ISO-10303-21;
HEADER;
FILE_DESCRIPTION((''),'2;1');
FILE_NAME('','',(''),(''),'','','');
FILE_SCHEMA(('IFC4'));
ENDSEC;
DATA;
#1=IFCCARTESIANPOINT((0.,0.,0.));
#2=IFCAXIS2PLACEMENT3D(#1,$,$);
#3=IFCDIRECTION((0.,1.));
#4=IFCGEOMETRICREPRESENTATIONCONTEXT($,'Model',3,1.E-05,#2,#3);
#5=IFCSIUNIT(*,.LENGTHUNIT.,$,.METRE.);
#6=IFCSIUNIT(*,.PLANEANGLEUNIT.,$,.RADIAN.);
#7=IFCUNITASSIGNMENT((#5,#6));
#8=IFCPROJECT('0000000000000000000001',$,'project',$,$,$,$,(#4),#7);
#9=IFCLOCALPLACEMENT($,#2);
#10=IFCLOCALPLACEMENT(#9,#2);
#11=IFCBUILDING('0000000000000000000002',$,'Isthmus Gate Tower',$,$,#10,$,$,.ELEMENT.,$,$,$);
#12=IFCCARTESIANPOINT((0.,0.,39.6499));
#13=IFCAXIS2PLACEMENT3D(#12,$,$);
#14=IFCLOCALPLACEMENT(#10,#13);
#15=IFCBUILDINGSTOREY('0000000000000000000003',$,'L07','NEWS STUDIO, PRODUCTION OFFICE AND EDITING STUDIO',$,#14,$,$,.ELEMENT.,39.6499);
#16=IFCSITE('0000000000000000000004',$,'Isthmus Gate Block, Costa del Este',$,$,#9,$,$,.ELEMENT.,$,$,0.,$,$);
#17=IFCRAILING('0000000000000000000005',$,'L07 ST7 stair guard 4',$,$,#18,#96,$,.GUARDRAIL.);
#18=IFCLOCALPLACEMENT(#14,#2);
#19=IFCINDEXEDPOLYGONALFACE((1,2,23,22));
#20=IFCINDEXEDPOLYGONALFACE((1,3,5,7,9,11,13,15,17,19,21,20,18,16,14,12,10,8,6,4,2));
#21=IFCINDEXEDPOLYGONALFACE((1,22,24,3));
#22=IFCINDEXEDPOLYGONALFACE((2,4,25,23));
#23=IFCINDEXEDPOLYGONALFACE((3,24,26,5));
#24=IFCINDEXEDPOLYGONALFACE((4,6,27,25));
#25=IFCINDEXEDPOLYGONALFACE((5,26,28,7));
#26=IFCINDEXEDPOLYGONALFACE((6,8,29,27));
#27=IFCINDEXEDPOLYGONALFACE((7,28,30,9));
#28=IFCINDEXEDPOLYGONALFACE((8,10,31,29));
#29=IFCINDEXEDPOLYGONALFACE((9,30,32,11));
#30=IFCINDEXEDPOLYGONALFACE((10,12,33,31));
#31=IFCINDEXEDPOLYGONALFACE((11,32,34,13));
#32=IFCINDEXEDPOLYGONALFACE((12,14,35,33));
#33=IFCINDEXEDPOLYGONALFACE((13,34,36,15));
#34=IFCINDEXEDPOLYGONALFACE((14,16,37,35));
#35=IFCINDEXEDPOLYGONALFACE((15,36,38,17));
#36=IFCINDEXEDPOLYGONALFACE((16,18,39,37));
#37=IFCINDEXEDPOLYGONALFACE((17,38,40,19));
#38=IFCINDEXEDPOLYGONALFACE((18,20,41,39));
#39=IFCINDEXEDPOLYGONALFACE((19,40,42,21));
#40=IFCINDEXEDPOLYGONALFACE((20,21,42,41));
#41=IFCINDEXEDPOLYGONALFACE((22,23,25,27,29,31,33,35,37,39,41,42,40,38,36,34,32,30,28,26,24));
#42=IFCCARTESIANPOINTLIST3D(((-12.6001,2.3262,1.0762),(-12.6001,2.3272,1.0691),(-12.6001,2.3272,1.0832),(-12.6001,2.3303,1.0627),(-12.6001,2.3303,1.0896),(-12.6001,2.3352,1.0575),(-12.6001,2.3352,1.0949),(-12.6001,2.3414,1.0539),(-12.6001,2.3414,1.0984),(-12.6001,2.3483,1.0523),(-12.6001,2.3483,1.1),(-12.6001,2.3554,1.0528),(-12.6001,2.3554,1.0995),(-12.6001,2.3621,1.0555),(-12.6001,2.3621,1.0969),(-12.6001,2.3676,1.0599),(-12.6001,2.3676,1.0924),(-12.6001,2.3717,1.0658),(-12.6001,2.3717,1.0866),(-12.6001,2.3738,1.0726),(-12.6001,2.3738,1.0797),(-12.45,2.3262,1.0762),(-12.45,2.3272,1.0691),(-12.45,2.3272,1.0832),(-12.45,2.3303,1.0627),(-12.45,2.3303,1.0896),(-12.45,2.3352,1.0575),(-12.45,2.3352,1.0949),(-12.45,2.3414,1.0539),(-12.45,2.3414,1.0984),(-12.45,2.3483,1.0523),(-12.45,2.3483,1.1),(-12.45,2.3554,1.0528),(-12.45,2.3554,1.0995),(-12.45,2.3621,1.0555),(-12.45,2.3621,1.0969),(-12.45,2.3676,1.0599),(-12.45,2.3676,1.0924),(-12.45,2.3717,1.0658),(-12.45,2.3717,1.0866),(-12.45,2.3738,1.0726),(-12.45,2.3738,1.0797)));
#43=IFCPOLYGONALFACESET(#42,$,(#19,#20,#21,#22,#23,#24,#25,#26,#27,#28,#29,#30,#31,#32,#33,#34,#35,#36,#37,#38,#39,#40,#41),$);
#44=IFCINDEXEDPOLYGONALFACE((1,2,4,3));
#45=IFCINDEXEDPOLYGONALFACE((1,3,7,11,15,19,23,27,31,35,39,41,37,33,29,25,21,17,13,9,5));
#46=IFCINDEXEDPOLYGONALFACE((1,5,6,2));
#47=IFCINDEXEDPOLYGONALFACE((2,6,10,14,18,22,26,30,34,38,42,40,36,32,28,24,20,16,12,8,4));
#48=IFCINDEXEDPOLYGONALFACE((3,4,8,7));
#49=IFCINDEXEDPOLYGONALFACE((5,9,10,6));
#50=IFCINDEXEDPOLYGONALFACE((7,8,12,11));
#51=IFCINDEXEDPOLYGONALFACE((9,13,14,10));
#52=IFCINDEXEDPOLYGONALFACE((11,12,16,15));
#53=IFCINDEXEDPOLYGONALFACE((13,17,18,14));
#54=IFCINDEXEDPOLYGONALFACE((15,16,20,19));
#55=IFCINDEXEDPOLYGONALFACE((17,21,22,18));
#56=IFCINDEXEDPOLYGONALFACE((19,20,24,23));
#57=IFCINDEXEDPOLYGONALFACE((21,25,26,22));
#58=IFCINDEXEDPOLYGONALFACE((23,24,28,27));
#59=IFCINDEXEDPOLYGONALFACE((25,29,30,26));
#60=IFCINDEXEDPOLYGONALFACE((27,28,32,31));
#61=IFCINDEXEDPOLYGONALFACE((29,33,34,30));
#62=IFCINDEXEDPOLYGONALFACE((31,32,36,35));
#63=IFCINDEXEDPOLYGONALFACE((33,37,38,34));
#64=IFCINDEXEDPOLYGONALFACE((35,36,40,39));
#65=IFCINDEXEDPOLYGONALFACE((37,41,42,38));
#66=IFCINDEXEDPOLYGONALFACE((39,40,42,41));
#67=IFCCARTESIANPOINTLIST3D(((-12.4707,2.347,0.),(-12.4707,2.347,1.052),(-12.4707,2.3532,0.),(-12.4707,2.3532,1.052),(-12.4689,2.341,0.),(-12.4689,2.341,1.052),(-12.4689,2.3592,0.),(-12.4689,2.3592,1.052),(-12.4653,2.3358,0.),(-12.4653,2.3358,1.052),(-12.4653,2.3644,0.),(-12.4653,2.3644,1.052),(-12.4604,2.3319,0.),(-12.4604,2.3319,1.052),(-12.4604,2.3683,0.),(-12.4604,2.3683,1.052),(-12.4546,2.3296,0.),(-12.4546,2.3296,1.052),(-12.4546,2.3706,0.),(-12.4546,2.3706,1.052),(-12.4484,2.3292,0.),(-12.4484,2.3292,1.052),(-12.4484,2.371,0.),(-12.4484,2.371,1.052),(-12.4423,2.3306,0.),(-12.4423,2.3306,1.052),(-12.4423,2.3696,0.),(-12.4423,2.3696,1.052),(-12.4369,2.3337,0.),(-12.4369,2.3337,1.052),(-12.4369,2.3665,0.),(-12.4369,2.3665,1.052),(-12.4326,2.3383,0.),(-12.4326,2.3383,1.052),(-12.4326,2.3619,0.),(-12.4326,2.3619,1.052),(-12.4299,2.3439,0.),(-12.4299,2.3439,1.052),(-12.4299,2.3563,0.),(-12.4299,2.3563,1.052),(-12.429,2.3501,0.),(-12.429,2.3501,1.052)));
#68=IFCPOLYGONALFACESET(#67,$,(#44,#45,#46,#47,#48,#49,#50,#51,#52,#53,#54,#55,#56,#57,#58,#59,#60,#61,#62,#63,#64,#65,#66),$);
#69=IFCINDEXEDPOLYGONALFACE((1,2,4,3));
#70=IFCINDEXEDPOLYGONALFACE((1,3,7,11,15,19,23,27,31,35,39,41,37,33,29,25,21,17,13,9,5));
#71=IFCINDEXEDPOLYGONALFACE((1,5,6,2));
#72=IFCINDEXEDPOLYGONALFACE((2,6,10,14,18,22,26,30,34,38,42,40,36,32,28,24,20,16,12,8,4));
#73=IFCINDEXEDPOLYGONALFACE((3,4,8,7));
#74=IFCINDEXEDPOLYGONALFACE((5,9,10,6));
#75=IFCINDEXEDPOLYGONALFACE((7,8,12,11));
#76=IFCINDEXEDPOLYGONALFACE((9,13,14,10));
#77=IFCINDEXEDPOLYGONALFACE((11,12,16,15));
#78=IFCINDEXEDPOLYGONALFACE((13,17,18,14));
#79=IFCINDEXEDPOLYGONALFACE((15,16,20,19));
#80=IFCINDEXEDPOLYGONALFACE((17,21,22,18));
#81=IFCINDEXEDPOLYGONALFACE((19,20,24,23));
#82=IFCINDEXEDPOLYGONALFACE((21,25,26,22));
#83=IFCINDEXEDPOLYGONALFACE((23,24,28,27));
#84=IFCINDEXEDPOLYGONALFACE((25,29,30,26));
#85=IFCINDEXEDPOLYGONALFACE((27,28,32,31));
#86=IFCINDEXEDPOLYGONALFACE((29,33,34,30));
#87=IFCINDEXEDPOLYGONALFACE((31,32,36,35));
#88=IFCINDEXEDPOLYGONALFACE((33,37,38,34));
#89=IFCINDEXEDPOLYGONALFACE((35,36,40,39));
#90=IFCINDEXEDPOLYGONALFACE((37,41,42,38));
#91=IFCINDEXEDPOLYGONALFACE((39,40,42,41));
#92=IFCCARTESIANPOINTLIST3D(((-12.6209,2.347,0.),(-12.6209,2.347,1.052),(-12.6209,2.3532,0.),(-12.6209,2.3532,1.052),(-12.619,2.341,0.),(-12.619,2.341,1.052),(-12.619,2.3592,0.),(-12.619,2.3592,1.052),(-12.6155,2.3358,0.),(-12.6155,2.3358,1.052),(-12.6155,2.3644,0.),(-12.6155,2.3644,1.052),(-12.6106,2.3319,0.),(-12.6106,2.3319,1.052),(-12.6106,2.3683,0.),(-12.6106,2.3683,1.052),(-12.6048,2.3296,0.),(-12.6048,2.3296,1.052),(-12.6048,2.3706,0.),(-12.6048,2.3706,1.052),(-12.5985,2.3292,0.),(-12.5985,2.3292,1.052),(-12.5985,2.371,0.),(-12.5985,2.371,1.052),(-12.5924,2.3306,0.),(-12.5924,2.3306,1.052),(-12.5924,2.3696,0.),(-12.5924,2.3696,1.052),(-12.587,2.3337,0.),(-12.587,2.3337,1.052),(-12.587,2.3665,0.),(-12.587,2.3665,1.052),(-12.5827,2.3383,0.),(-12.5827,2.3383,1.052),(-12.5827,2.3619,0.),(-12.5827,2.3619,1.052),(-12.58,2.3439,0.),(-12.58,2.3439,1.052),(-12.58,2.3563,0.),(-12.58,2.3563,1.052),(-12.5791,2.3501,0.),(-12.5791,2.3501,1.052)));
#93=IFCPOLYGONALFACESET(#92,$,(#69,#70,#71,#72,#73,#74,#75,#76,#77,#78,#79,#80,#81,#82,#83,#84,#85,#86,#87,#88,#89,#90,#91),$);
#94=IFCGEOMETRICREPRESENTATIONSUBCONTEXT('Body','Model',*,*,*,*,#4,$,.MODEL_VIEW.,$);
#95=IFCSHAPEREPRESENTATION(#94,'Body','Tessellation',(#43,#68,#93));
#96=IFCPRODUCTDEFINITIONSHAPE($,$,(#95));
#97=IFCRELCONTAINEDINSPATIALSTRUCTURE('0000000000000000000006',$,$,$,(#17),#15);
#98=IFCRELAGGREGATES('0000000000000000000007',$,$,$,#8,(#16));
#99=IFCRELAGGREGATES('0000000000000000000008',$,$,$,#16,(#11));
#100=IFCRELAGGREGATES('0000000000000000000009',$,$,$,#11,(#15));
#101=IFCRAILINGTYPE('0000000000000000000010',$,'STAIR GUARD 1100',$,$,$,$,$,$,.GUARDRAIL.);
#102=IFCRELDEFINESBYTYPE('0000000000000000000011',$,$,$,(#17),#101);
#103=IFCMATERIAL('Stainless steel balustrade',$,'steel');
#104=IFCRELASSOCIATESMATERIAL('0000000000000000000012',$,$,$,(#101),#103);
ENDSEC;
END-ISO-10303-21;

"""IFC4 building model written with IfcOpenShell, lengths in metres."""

from ifc_helpers import new_model, si_unit, direction, frame, origin, origin_2d, place, context, subcontext, project, spatial, circle, extrude, material, type_object, element, save


model = new_model("IFC4")

# Units and contexts
model_context = context("Model", 3, precision=1e-05, world=origin(), true_north=direction((0.0, 1.0)))
body_context = subcontext(model_context, "Body", "Model", "MODEL_VIEW")
ifc_project = project(units=[si_unit("LENGTHUNIT", "METRE"), si_unit("PLANEANGLEUNIT", "RADIAN")], contexts=[model_context])

# Site, building, storey
site_placement = place(None, origin())
site = spatial("IfcSite", under=ifc_project, at=site_placement, Name="Isthmus Gate Block, Costa del Este", CompositionType="ELEMENT", RefElevation=0.0)
building_placement = place(site_placement, origin())
building = spatial("IfcBuilding", under=site, at=building_placement, Name="Isthmus Gate Tower", CompositionType="ELEMENT")
storey_placement = place(building_placement, frame((0.0, 0.0, 39.6499)))
storey = spatial("IfcBuildingStorey", under=building, at=storey_placement, Name="L07", Description="NEWS STUDIO, PRODUCTION OFFICE AND EDITING STUDIO", CompositionType="ELEMENT", Elevation=39.6499)

# Railing
ifc_material_1 = material(Name="Stainless steel balustrade", Category="steel")
railing_type_1 = type_object("IfcRailingType", Name="STAIR GUARD 1100", PredefinedType="GUARDRAIL", material=ifc_material_1)
railing_1_placement = place(storey_placement, frame((-12.45, 2.3501, 0.0)))
element("IfcRailing", 1, at=railing_1_placement, inside=storey, type_object=railing_type_1, Name="L07 ST7 stair guard 4", PredefinedType="GUARDRAIL", context=body_context, shape_type="SweptSolid", body=[
    extrude(circle(Radius=0.0239, at=origin_2d()), frame((0.0, 0.0, 1.0762), z_axis=(-1.0, 0.0, 0.0), x_axis=(0.0, -1.0, 0.0)), (0.0, 0.0, 1.0), 0.1501),
    extrude(circle(Radius=0.021, at=origin_2d()), origin(), (0.0, 0.0, 1.0), 1.052),
    extrude(circle(Radius=0.021, at=origin_2d()), frame((-0.1501, 0.0, 0.0)), (0.0, 0.0, 1.0), 1.052),
])

save(model, "model.ifc")
